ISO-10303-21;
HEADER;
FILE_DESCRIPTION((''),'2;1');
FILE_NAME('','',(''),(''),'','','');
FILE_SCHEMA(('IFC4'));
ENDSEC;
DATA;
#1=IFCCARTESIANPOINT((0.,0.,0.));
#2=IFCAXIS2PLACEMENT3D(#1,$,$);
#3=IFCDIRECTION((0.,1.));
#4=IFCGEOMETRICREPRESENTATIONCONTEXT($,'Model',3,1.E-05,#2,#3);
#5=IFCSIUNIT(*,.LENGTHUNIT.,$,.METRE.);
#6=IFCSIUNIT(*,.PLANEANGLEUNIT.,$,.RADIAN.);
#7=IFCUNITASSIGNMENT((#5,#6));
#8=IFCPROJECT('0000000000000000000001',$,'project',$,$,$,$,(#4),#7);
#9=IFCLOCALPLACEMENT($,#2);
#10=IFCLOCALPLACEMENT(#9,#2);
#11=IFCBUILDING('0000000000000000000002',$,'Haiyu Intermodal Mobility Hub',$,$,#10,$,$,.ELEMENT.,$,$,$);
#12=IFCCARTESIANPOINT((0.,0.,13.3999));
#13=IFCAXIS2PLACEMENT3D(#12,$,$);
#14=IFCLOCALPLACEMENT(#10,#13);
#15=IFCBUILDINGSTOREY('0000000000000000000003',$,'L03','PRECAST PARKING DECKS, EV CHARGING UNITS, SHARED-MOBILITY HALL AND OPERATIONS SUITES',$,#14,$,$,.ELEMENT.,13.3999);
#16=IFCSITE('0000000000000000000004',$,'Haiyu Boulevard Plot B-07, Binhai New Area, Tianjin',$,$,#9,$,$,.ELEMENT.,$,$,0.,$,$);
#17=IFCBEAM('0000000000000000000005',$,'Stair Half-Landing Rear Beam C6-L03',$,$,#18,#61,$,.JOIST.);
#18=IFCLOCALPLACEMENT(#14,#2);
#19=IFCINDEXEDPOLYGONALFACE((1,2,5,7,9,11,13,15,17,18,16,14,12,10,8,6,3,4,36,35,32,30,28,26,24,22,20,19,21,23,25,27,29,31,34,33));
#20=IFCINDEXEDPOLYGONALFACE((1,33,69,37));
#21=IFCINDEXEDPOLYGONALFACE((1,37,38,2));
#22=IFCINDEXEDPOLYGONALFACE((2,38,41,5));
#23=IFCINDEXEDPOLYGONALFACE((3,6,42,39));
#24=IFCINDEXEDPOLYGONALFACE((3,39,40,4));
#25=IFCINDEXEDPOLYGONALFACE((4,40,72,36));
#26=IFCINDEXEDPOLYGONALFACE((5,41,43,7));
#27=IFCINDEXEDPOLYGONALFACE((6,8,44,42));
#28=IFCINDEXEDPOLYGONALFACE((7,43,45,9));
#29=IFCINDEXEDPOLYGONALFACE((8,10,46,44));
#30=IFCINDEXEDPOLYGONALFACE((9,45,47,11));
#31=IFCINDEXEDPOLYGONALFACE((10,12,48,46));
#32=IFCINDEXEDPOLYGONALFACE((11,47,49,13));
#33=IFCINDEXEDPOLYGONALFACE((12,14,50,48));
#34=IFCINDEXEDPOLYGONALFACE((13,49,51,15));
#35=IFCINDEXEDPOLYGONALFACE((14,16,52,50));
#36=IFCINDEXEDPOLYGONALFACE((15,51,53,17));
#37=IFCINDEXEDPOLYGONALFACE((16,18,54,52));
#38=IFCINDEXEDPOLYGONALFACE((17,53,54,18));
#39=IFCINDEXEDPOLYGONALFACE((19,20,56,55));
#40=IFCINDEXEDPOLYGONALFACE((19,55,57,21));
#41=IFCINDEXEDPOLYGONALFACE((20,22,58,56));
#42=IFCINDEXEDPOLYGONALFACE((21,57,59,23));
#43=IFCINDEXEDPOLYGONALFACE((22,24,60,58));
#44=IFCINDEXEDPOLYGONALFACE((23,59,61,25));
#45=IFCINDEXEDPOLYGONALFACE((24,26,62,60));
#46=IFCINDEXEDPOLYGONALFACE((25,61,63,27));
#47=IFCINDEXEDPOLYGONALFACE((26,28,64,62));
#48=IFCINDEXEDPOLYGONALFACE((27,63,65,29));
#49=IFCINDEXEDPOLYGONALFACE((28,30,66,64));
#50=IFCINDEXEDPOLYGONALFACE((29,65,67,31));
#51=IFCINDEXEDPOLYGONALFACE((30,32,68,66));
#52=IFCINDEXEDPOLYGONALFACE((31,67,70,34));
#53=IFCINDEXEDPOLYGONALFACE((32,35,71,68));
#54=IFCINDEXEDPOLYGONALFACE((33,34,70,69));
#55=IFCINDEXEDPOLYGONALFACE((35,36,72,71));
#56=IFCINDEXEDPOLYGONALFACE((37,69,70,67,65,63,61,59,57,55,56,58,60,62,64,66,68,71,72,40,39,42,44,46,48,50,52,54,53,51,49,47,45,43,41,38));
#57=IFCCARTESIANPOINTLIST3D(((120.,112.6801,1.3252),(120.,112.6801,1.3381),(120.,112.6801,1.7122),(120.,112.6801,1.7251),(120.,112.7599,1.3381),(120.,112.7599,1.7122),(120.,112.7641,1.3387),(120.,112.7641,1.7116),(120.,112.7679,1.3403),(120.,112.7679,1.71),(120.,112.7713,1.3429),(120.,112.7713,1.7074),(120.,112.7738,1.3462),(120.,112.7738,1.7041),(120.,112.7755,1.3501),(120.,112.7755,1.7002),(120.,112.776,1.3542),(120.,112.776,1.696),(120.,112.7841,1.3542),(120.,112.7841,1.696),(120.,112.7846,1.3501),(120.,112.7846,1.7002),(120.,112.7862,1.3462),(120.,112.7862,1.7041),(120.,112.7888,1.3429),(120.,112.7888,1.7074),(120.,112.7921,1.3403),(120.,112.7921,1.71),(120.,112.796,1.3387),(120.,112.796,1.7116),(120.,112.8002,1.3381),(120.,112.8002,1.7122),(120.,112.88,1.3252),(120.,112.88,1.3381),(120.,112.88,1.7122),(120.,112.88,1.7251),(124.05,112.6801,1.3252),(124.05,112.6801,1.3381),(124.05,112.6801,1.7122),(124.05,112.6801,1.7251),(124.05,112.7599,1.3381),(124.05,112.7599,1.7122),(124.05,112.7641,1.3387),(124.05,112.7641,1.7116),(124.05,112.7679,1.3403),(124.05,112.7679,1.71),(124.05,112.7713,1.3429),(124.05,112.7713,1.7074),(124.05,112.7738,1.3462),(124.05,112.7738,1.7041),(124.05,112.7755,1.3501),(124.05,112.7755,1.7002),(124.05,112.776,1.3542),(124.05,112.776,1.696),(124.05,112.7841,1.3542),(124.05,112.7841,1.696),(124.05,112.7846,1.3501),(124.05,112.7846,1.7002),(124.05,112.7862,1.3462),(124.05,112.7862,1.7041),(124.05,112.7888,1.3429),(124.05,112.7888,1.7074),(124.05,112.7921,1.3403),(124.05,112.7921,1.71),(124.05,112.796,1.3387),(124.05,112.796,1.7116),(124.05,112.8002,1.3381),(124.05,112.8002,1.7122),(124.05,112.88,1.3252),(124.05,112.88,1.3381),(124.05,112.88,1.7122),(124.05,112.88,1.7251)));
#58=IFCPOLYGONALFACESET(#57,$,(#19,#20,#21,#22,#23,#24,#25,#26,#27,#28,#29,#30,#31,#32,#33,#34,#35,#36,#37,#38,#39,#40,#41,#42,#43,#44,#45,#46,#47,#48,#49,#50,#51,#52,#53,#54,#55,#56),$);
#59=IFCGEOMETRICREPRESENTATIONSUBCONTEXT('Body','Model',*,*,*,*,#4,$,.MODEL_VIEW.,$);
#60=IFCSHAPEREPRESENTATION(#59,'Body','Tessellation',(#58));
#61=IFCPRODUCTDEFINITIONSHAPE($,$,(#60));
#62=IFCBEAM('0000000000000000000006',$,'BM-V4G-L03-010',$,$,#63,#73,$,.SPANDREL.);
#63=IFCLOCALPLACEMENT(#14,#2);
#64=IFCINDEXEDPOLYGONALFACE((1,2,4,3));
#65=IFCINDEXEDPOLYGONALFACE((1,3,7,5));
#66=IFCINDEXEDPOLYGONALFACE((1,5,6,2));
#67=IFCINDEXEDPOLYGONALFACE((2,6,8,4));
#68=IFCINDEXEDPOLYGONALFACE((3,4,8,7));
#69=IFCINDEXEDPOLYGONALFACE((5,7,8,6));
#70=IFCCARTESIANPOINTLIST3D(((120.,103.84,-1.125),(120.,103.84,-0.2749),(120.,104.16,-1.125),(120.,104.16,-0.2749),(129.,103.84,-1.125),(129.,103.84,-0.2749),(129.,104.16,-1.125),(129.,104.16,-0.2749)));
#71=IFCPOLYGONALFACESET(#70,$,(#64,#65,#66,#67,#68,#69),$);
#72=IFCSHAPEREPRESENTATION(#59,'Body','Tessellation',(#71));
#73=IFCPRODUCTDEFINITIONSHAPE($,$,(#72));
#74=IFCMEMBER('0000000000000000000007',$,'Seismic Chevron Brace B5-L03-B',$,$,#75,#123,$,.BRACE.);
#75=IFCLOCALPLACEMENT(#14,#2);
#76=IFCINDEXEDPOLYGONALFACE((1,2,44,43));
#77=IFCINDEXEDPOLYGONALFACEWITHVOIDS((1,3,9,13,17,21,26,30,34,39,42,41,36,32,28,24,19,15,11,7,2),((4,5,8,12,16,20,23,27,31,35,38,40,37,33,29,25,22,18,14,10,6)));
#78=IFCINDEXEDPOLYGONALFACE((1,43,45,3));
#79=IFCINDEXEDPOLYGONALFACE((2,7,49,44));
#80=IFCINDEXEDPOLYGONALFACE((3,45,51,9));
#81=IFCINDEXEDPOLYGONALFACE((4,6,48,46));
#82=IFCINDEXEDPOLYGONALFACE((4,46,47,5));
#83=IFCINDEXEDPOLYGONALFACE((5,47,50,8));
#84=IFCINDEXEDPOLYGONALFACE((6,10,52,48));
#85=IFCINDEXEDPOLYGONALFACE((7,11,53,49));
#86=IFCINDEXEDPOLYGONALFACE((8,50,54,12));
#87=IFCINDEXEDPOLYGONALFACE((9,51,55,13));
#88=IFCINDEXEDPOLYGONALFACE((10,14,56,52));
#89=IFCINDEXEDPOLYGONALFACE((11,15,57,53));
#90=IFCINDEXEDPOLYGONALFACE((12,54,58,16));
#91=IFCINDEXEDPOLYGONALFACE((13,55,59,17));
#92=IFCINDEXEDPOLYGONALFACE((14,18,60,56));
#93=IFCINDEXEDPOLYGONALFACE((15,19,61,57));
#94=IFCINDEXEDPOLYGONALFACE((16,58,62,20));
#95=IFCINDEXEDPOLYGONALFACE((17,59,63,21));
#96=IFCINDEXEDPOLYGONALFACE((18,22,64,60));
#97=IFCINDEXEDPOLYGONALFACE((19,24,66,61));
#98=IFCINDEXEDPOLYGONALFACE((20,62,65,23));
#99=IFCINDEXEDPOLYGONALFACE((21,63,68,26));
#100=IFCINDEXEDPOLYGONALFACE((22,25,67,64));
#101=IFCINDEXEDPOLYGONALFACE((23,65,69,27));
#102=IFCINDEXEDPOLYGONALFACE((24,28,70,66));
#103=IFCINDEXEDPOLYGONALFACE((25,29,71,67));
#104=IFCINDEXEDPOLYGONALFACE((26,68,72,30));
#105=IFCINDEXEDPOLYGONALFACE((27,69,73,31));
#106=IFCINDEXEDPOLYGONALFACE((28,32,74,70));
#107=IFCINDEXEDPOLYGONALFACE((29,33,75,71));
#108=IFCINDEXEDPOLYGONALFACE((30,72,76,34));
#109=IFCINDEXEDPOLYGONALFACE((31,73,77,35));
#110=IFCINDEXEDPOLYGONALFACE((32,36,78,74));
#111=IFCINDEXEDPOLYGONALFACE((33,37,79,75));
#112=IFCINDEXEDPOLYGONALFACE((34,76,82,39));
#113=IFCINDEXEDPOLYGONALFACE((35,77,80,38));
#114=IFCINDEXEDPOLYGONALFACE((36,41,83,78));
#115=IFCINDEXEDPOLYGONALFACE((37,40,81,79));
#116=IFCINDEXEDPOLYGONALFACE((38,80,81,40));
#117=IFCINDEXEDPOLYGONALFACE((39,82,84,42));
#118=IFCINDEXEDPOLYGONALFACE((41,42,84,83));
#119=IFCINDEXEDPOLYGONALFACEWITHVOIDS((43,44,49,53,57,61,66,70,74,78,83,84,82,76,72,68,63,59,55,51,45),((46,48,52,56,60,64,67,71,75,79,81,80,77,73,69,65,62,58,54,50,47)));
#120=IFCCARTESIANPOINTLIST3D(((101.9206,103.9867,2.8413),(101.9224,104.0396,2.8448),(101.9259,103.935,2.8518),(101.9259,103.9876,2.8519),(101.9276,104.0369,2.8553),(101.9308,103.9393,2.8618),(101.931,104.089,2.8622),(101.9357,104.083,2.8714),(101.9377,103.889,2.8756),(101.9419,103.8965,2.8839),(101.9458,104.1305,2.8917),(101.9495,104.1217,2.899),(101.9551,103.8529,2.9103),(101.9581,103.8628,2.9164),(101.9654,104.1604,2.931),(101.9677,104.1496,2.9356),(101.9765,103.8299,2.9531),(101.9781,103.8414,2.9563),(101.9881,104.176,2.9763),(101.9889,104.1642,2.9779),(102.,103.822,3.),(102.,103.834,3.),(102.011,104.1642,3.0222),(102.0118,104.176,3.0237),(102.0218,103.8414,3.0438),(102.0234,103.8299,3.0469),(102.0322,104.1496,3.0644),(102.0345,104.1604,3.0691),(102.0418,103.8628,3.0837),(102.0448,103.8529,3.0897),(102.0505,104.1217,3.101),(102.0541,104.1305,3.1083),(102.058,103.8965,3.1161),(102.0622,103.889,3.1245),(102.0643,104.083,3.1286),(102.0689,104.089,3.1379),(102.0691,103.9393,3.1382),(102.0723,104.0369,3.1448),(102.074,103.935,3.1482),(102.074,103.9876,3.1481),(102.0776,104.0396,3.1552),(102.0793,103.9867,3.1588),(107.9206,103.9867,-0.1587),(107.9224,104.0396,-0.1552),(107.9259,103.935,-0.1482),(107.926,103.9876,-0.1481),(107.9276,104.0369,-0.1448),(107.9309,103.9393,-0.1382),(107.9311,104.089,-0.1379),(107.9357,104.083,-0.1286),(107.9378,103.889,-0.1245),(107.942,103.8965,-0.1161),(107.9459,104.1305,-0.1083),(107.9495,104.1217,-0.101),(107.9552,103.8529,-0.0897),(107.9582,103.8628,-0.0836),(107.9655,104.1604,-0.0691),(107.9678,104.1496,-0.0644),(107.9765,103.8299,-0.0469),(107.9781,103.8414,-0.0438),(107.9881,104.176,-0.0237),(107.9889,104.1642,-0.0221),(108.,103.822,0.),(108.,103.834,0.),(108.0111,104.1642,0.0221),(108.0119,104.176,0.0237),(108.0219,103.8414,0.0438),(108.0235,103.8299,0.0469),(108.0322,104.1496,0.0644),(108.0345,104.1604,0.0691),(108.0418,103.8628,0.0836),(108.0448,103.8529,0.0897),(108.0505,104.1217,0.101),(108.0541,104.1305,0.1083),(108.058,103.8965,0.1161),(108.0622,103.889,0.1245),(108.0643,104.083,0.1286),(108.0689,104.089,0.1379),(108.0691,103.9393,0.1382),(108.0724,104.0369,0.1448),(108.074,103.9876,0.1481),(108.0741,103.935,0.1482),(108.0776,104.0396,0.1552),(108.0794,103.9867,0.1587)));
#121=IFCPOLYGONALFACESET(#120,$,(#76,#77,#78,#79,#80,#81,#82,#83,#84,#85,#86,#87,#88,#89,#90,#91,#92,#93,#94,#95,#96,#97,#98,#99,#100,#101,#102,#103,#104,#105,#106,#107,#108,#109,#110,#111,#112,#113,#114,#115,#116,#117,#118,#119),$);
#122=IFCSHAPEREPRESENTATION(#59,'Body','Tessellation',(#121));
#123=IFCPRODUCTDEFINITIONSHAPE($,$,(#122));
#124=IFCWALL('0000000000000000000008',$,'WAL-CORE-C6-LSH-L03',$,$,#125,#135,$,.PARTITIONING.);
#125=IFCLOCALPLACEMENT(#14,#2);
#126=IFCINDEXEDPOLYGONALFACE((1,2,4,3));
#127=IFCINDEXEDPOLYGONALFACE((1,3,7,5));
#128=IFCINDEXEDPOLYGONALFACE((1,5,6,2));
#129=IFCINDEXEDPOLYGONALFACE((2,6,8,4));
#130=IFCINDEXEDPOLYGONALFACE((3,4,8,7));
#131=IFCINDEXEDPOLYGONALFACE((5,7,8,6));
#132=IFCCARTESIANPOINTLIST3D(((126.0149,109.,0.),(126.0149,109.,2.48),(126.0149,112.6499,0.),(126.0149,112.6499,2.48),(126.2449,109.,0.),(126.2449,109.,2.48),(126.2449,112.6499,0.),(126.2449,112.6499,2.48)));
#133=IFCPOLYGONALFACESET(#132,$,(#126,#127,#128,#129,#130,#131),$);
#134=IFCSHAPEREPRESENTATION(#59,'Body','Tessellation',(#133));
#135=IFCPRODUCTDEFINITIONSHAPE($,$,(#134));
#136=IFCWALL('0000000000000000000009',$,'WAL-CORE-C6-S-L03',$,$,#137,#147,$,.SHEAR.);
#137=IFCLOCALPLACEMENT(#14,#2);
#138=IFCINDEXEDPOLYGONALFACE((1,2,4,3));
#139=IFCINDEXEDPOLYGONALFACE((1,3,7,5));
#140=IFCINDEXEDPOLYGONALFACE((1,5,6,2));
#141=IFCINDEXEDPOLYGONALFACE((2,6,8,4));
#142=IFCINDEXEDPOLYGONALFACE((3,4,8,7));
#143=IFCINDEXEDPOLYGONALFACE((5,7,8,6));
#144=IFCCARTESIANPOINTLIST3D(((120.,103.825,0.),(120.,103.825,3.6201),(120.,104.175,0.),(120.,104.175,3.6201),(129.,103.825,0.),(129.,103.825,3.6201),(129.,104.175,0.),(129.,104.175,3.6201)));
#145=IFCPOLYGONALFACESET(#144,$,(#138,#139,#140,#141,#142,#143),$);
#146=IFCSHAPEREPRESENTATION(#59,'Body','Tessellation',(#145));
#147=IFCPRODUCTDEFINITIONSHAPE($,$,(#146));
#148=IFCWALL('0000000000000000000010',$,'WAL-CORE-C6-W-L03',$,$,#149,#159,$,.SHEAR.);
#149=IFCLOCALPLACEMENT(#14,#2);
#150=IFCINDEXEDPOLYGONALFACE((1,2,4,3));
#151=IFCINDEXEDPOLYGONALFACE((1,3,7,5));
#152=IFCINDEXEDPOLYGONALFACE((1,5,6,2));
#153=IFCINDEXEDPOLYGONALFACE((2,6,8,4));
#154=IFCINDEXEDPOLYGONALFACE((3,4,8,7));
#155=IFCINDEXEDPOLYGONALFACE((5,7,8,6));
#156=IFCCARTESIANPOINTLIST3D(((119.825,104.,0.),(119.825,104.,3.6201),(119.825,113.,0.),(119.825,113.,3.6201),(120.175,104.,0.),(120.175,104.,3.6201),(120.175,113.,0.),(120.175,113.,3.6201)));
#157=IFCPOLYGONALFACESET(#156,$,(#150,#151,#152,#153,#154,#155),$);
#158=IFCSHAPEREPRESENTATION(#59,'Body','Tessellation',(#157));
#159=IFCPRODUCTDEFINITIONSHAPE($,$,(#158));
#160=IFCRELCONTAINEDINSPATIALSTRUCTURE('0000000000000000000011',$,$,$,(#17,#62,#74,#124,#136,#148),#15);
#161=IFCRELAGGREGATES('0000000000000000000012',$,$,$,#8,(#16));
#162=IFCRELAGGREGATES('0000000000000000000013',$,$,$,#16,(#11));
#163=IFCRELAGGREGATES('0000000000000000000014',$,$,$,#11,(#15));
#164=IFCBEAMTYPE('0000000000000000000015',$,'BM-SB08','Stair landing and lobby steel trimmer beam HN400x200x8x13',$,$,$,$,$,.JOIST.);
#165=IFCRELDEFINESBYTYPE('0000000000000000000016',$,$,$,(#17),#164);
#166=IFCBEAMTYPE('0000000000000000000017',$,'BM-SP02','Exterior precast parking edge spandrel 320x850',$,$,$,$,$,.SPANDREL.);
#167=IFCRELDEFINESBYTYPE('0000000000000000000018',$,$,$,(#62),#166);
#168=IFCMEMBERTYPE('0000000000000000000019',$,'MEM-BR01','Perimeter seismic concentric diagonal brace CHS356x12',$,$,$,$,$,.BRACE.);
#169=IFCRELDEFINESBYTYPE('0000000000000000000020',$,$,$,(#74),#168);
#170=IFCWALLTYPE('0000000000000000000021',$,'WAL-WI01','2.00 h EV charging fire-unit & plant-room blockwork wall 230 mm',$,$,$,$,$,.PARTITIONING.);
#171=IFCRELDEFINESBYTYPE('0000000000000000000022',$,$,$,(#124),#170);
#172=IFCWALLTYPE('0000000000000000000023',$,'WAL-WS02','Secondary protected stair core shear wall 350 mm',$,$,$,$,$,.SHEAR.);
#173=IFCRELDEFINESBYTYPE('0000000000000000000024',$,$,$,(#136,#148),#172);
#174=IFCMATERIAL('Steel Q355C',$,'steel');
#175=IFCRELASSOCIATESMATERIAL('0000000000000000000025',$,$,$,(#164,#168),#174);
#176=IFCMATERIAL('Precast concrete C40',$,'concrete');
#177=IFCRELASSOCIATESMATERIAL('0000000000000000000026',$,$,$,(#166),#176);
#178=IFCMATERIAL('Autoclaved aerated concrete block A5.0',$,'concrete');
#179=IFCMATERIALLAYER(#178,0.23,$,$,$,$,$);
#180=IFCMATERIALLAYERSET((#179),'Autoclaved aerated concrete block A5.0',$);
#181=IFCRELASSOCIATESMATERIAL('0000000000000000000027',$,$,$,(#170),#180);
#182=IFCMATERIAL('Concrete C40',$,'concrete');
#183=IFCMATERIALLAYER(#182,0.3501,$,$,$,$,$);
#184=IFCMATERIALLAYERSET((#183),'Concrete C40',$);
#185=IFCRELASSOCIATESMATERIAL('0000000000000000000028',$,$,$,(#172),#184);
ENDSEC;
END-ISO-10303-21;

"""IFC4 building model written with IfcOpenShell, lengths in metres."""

from ifc_helpers import new_model, si_unit, direction, frame, frame_2d, origin, origin_2d, place, context, subcontext, project, spatial, rectangle, hollow_circle, i_section, extrude, material, layer, layer_set, material_profile, profile_set, type_object, element, save


model = new_model("IFC4")

# Units and contexts
model_context = context("Model", 3, precision=1e-05, world=origin(), true_north=direction((0.0, 1.0)))
body_context = subcontext(model_context, "Body", "Model", "MODEL_VIEW")
ifc_project = project(units=[si_unit("LENGTHUNIT", "METRE"), si_unit("PLANEANGLEUNIT", "RADIAN")], contexts=[model_context])

# Site, building, storey
site_placement = place(None, origin())
site = spatial("IfcSite", under=ifc_project, at=site_placement, Name="Haiyu Boulevard Plot B-07, Binhai New Area, Tianjin", CompositionType="ELEMENT", RefElevation=0.0)
building_placement = place(site_placement, origin())
building = spatial("IfcBuilding", under=site, at=building_placement, Name="Haiyu Intermodal Mobility Hub", CompositionType="ELEMENT")
storey_placement = place(building_placement, frame((0.0, 0.0, 13.3999)))
storey = spatial("IfcBuildingStorey", under=building, at=storey_placement, Name="L03", Description="PRECAST PARKING DECKS, EV CHARGING UNITS, SHARED-MOBILITY HALL AND OPERATIONS SUITES", CompositionType="ELEMENT", Elevation=13.3999)

# Shared definitions
ifc_material_1 = material(Name="Precast concrete C40", Category="concrete")

# Beams
ifc_material_2 = material(Name="Concrete C40", Category="concrete")
ifc_material_3 = material(Name="Steel Q355C", Category="steel")
ifc_material_profile_1 = material_profile(ifc_material_3, i_section(OverallWidth=0.2, OverallDepth=0.3999, WebThickness=0.0081, FlangeThickness=0.0129, FilletRadius=0.0161, at=origin_2d()), Name="HN400x200x8x13")
ifc_profile_set_1 = profile_set([ifc_material_profile_1], Name="Steel Q355C")
beam_type_1 = type_object("IfcBeamType", Name="BM-SB08", Description="Stair landing and lobby steel trimmer beam HN400x200x8x13", PredefinedType="JOIST", material=ifc_profile_set_1)
for number, where, z_axis, x_axis, name in (
    (1, (120.0, 112.78, 1.5251), (1.0, 0.0, 0.0), (0.0, 1.0, 0.0), "Stair Half-Landing Rear Beam C6-L03"),
):
    element("IfcBeam", number, at=place(storey_placement, frame(where, z_axis=z_axis, x_axis=x_axis)), inside=storey, type_object=beam_type_1, Name=name, PredefinedType="JOIST", context=body_context, shape_type="SweptSolid", body=[
        extrude(i_section(OverallWidth=0.2, OverallDepth=0.3999, WebThickness=0.0081, FlangeThickness=0.0129, FilletRadius=0.0161, at=origin_2d()), origin(), (0.0, 0.0, 1.0), 4.05),
    ])
ifc_material_profile_2 = material_profile(ifc_material_1, rectangle(XDim=0.3201, YDim=0.8501, at=origin_2d()), Name="PC320x850")
ifc_profile_set_2 = profile_set([ifc_material_profile_2], Name="Precast concrete C40")
beam_type_2 = type_object("IfcBeamType", Name="BM-SP02", Description="Exterior precast parking edge spandrel 320x850", PredefinedType="SPANDREL", material=ifc_profile_set_2)
beam_placement = place(storey_placement, frame((120.0, 104.0, -0.7), z_axis=(1.0, 0.0, 0.0), x_axis=(0.0, 1.0, 0.0)))
element("IfcBeam", 2, at=beam_placement, inside=storey, type_object=beam_type_2, Name="BM-V4G-L03-010", PredefinedType="SPANDREL", context=body_context, shape_type="SweptSolid", body=[
    extrude(rectangle(XDim=0.3201, YDim=0.8501, at=origin_2d()), origin(), (0.0, 0.0, 1.0), 9.0),
])

# Member
ifc_material_profile_3 = material_profile(ifc_material_3, hollow_circle(Radius=0.178, WallThickness=0.012, at=origin_2d()), Name="CHS356x12")
ifc_profile_set_3 = profile_set([ifc_material_profile_3], Name="Steel Q355C")
member_type = type_object("IfcMemberType", Name="MEM-BR01", Description="Perimeter seismic concentric diagonal brace CHS356x12", PredefinedType="BRACE", material=ifc_profile_set_3)
member_placement = place(storey_placement, frame((108.0, 104.0, 0.0), z_axis=(-0.894427, 0.0, 0.447214), x_axis=(0.0, -1.0, 0.0)))
element("IfcMember", 3, at=member_placement, inside=storey, type_object=member_type, Name="Seismic Chevron Brace B5-L03-B", PredefinedType="BRACE", context=body_context, shape_type="SweptSolid", body=[
    extrude(hollow_circle(Radius=0.178, WallThickness=0.012, at=origin_2d()), origin(), (0.0, 0.0, 1.0), 6.7083),
])

# Wall
ifc_material_4 = material(Name="Autoclaved aerated concrete block A5.0", Category="concrete")
ifc_layer_1 = layer(ifc_material_4, 0.23)
ifc_layer_set_1 = layer_set([ifc_layer_1], Name="Autoclaved aerated concrete block A5.0")
wall_type_1 = type_object("IfcWallType", Name="WAL-WI01", Description="2.00 h EV charging fire-unit & plant-room blockwork wall 230 mm", PredefinedType="PARTITIONING", material=ifc_layer_set_1)
wall_1_placement = place(storey_placement, frame((126.1299, 109.0, 0.0), z_axis=(0.0, 0.0, 1.0), x_axis=(0.0, 1.0, 0.0)))
element("IfcWall", 4, at=wall_1_placement, inside=storey, type_object=wall_type_1, Name="WAL-CORE-C6-LSH-L03", PredefinedType="PARTITIONING", context=body_context, shape_type="SweptSolid", body=[
    extrude(rectangle(XDim=3.6499, YDim=0.23, at=frame_2d((1.825, 0.0))), origin(), (0.0, 0.0, 1.0), 2.48),
])

# Walls
ifc_layer_2 = layer(ifc_material_2, 0.3501)
ifc_layer_set_2 = layer_set([ifc_layer_2], Name="Concrete C40")
wall_type_2 = type_object("IfcWallType", Name="WAL-WS02", Description="Secondary protected stair core shear wall 350 mm", PredefinedType="SHEAR", material=ifc_layer_set_2)
for number, where, z_axis, x_axis, name in (
    (5, (120.0, 104.0, 0.0), (0.0, 0.0, 1.0), (1.0, 0.0, 0.0), "WAL-CORE-C6-S-L03"),
    (6, (120.0, 113.0, 0.0), (0.0, 0.0, 1.0), (0.0, -1.0, 0.0), "WAL-CORE-C6-W-L03"),
):
    element("IfcWall", number, at=place(storey_placement, frame(where, z_axis=z_axis, x_axis=x_axis)), inside=storey, type_object=wall_type_2, Name=name, PredefinedType="SHEAR", context=body_context, shape_type="SweptSolid", body=[
        extrude(rectangle(XDim=9.0, YDim=0.3501, at=frame_2d((4.5, 0.0))), origin(), (0.0, 0.0, 1.0), 3.6201),
    ])

save(model, "model.ifc")
